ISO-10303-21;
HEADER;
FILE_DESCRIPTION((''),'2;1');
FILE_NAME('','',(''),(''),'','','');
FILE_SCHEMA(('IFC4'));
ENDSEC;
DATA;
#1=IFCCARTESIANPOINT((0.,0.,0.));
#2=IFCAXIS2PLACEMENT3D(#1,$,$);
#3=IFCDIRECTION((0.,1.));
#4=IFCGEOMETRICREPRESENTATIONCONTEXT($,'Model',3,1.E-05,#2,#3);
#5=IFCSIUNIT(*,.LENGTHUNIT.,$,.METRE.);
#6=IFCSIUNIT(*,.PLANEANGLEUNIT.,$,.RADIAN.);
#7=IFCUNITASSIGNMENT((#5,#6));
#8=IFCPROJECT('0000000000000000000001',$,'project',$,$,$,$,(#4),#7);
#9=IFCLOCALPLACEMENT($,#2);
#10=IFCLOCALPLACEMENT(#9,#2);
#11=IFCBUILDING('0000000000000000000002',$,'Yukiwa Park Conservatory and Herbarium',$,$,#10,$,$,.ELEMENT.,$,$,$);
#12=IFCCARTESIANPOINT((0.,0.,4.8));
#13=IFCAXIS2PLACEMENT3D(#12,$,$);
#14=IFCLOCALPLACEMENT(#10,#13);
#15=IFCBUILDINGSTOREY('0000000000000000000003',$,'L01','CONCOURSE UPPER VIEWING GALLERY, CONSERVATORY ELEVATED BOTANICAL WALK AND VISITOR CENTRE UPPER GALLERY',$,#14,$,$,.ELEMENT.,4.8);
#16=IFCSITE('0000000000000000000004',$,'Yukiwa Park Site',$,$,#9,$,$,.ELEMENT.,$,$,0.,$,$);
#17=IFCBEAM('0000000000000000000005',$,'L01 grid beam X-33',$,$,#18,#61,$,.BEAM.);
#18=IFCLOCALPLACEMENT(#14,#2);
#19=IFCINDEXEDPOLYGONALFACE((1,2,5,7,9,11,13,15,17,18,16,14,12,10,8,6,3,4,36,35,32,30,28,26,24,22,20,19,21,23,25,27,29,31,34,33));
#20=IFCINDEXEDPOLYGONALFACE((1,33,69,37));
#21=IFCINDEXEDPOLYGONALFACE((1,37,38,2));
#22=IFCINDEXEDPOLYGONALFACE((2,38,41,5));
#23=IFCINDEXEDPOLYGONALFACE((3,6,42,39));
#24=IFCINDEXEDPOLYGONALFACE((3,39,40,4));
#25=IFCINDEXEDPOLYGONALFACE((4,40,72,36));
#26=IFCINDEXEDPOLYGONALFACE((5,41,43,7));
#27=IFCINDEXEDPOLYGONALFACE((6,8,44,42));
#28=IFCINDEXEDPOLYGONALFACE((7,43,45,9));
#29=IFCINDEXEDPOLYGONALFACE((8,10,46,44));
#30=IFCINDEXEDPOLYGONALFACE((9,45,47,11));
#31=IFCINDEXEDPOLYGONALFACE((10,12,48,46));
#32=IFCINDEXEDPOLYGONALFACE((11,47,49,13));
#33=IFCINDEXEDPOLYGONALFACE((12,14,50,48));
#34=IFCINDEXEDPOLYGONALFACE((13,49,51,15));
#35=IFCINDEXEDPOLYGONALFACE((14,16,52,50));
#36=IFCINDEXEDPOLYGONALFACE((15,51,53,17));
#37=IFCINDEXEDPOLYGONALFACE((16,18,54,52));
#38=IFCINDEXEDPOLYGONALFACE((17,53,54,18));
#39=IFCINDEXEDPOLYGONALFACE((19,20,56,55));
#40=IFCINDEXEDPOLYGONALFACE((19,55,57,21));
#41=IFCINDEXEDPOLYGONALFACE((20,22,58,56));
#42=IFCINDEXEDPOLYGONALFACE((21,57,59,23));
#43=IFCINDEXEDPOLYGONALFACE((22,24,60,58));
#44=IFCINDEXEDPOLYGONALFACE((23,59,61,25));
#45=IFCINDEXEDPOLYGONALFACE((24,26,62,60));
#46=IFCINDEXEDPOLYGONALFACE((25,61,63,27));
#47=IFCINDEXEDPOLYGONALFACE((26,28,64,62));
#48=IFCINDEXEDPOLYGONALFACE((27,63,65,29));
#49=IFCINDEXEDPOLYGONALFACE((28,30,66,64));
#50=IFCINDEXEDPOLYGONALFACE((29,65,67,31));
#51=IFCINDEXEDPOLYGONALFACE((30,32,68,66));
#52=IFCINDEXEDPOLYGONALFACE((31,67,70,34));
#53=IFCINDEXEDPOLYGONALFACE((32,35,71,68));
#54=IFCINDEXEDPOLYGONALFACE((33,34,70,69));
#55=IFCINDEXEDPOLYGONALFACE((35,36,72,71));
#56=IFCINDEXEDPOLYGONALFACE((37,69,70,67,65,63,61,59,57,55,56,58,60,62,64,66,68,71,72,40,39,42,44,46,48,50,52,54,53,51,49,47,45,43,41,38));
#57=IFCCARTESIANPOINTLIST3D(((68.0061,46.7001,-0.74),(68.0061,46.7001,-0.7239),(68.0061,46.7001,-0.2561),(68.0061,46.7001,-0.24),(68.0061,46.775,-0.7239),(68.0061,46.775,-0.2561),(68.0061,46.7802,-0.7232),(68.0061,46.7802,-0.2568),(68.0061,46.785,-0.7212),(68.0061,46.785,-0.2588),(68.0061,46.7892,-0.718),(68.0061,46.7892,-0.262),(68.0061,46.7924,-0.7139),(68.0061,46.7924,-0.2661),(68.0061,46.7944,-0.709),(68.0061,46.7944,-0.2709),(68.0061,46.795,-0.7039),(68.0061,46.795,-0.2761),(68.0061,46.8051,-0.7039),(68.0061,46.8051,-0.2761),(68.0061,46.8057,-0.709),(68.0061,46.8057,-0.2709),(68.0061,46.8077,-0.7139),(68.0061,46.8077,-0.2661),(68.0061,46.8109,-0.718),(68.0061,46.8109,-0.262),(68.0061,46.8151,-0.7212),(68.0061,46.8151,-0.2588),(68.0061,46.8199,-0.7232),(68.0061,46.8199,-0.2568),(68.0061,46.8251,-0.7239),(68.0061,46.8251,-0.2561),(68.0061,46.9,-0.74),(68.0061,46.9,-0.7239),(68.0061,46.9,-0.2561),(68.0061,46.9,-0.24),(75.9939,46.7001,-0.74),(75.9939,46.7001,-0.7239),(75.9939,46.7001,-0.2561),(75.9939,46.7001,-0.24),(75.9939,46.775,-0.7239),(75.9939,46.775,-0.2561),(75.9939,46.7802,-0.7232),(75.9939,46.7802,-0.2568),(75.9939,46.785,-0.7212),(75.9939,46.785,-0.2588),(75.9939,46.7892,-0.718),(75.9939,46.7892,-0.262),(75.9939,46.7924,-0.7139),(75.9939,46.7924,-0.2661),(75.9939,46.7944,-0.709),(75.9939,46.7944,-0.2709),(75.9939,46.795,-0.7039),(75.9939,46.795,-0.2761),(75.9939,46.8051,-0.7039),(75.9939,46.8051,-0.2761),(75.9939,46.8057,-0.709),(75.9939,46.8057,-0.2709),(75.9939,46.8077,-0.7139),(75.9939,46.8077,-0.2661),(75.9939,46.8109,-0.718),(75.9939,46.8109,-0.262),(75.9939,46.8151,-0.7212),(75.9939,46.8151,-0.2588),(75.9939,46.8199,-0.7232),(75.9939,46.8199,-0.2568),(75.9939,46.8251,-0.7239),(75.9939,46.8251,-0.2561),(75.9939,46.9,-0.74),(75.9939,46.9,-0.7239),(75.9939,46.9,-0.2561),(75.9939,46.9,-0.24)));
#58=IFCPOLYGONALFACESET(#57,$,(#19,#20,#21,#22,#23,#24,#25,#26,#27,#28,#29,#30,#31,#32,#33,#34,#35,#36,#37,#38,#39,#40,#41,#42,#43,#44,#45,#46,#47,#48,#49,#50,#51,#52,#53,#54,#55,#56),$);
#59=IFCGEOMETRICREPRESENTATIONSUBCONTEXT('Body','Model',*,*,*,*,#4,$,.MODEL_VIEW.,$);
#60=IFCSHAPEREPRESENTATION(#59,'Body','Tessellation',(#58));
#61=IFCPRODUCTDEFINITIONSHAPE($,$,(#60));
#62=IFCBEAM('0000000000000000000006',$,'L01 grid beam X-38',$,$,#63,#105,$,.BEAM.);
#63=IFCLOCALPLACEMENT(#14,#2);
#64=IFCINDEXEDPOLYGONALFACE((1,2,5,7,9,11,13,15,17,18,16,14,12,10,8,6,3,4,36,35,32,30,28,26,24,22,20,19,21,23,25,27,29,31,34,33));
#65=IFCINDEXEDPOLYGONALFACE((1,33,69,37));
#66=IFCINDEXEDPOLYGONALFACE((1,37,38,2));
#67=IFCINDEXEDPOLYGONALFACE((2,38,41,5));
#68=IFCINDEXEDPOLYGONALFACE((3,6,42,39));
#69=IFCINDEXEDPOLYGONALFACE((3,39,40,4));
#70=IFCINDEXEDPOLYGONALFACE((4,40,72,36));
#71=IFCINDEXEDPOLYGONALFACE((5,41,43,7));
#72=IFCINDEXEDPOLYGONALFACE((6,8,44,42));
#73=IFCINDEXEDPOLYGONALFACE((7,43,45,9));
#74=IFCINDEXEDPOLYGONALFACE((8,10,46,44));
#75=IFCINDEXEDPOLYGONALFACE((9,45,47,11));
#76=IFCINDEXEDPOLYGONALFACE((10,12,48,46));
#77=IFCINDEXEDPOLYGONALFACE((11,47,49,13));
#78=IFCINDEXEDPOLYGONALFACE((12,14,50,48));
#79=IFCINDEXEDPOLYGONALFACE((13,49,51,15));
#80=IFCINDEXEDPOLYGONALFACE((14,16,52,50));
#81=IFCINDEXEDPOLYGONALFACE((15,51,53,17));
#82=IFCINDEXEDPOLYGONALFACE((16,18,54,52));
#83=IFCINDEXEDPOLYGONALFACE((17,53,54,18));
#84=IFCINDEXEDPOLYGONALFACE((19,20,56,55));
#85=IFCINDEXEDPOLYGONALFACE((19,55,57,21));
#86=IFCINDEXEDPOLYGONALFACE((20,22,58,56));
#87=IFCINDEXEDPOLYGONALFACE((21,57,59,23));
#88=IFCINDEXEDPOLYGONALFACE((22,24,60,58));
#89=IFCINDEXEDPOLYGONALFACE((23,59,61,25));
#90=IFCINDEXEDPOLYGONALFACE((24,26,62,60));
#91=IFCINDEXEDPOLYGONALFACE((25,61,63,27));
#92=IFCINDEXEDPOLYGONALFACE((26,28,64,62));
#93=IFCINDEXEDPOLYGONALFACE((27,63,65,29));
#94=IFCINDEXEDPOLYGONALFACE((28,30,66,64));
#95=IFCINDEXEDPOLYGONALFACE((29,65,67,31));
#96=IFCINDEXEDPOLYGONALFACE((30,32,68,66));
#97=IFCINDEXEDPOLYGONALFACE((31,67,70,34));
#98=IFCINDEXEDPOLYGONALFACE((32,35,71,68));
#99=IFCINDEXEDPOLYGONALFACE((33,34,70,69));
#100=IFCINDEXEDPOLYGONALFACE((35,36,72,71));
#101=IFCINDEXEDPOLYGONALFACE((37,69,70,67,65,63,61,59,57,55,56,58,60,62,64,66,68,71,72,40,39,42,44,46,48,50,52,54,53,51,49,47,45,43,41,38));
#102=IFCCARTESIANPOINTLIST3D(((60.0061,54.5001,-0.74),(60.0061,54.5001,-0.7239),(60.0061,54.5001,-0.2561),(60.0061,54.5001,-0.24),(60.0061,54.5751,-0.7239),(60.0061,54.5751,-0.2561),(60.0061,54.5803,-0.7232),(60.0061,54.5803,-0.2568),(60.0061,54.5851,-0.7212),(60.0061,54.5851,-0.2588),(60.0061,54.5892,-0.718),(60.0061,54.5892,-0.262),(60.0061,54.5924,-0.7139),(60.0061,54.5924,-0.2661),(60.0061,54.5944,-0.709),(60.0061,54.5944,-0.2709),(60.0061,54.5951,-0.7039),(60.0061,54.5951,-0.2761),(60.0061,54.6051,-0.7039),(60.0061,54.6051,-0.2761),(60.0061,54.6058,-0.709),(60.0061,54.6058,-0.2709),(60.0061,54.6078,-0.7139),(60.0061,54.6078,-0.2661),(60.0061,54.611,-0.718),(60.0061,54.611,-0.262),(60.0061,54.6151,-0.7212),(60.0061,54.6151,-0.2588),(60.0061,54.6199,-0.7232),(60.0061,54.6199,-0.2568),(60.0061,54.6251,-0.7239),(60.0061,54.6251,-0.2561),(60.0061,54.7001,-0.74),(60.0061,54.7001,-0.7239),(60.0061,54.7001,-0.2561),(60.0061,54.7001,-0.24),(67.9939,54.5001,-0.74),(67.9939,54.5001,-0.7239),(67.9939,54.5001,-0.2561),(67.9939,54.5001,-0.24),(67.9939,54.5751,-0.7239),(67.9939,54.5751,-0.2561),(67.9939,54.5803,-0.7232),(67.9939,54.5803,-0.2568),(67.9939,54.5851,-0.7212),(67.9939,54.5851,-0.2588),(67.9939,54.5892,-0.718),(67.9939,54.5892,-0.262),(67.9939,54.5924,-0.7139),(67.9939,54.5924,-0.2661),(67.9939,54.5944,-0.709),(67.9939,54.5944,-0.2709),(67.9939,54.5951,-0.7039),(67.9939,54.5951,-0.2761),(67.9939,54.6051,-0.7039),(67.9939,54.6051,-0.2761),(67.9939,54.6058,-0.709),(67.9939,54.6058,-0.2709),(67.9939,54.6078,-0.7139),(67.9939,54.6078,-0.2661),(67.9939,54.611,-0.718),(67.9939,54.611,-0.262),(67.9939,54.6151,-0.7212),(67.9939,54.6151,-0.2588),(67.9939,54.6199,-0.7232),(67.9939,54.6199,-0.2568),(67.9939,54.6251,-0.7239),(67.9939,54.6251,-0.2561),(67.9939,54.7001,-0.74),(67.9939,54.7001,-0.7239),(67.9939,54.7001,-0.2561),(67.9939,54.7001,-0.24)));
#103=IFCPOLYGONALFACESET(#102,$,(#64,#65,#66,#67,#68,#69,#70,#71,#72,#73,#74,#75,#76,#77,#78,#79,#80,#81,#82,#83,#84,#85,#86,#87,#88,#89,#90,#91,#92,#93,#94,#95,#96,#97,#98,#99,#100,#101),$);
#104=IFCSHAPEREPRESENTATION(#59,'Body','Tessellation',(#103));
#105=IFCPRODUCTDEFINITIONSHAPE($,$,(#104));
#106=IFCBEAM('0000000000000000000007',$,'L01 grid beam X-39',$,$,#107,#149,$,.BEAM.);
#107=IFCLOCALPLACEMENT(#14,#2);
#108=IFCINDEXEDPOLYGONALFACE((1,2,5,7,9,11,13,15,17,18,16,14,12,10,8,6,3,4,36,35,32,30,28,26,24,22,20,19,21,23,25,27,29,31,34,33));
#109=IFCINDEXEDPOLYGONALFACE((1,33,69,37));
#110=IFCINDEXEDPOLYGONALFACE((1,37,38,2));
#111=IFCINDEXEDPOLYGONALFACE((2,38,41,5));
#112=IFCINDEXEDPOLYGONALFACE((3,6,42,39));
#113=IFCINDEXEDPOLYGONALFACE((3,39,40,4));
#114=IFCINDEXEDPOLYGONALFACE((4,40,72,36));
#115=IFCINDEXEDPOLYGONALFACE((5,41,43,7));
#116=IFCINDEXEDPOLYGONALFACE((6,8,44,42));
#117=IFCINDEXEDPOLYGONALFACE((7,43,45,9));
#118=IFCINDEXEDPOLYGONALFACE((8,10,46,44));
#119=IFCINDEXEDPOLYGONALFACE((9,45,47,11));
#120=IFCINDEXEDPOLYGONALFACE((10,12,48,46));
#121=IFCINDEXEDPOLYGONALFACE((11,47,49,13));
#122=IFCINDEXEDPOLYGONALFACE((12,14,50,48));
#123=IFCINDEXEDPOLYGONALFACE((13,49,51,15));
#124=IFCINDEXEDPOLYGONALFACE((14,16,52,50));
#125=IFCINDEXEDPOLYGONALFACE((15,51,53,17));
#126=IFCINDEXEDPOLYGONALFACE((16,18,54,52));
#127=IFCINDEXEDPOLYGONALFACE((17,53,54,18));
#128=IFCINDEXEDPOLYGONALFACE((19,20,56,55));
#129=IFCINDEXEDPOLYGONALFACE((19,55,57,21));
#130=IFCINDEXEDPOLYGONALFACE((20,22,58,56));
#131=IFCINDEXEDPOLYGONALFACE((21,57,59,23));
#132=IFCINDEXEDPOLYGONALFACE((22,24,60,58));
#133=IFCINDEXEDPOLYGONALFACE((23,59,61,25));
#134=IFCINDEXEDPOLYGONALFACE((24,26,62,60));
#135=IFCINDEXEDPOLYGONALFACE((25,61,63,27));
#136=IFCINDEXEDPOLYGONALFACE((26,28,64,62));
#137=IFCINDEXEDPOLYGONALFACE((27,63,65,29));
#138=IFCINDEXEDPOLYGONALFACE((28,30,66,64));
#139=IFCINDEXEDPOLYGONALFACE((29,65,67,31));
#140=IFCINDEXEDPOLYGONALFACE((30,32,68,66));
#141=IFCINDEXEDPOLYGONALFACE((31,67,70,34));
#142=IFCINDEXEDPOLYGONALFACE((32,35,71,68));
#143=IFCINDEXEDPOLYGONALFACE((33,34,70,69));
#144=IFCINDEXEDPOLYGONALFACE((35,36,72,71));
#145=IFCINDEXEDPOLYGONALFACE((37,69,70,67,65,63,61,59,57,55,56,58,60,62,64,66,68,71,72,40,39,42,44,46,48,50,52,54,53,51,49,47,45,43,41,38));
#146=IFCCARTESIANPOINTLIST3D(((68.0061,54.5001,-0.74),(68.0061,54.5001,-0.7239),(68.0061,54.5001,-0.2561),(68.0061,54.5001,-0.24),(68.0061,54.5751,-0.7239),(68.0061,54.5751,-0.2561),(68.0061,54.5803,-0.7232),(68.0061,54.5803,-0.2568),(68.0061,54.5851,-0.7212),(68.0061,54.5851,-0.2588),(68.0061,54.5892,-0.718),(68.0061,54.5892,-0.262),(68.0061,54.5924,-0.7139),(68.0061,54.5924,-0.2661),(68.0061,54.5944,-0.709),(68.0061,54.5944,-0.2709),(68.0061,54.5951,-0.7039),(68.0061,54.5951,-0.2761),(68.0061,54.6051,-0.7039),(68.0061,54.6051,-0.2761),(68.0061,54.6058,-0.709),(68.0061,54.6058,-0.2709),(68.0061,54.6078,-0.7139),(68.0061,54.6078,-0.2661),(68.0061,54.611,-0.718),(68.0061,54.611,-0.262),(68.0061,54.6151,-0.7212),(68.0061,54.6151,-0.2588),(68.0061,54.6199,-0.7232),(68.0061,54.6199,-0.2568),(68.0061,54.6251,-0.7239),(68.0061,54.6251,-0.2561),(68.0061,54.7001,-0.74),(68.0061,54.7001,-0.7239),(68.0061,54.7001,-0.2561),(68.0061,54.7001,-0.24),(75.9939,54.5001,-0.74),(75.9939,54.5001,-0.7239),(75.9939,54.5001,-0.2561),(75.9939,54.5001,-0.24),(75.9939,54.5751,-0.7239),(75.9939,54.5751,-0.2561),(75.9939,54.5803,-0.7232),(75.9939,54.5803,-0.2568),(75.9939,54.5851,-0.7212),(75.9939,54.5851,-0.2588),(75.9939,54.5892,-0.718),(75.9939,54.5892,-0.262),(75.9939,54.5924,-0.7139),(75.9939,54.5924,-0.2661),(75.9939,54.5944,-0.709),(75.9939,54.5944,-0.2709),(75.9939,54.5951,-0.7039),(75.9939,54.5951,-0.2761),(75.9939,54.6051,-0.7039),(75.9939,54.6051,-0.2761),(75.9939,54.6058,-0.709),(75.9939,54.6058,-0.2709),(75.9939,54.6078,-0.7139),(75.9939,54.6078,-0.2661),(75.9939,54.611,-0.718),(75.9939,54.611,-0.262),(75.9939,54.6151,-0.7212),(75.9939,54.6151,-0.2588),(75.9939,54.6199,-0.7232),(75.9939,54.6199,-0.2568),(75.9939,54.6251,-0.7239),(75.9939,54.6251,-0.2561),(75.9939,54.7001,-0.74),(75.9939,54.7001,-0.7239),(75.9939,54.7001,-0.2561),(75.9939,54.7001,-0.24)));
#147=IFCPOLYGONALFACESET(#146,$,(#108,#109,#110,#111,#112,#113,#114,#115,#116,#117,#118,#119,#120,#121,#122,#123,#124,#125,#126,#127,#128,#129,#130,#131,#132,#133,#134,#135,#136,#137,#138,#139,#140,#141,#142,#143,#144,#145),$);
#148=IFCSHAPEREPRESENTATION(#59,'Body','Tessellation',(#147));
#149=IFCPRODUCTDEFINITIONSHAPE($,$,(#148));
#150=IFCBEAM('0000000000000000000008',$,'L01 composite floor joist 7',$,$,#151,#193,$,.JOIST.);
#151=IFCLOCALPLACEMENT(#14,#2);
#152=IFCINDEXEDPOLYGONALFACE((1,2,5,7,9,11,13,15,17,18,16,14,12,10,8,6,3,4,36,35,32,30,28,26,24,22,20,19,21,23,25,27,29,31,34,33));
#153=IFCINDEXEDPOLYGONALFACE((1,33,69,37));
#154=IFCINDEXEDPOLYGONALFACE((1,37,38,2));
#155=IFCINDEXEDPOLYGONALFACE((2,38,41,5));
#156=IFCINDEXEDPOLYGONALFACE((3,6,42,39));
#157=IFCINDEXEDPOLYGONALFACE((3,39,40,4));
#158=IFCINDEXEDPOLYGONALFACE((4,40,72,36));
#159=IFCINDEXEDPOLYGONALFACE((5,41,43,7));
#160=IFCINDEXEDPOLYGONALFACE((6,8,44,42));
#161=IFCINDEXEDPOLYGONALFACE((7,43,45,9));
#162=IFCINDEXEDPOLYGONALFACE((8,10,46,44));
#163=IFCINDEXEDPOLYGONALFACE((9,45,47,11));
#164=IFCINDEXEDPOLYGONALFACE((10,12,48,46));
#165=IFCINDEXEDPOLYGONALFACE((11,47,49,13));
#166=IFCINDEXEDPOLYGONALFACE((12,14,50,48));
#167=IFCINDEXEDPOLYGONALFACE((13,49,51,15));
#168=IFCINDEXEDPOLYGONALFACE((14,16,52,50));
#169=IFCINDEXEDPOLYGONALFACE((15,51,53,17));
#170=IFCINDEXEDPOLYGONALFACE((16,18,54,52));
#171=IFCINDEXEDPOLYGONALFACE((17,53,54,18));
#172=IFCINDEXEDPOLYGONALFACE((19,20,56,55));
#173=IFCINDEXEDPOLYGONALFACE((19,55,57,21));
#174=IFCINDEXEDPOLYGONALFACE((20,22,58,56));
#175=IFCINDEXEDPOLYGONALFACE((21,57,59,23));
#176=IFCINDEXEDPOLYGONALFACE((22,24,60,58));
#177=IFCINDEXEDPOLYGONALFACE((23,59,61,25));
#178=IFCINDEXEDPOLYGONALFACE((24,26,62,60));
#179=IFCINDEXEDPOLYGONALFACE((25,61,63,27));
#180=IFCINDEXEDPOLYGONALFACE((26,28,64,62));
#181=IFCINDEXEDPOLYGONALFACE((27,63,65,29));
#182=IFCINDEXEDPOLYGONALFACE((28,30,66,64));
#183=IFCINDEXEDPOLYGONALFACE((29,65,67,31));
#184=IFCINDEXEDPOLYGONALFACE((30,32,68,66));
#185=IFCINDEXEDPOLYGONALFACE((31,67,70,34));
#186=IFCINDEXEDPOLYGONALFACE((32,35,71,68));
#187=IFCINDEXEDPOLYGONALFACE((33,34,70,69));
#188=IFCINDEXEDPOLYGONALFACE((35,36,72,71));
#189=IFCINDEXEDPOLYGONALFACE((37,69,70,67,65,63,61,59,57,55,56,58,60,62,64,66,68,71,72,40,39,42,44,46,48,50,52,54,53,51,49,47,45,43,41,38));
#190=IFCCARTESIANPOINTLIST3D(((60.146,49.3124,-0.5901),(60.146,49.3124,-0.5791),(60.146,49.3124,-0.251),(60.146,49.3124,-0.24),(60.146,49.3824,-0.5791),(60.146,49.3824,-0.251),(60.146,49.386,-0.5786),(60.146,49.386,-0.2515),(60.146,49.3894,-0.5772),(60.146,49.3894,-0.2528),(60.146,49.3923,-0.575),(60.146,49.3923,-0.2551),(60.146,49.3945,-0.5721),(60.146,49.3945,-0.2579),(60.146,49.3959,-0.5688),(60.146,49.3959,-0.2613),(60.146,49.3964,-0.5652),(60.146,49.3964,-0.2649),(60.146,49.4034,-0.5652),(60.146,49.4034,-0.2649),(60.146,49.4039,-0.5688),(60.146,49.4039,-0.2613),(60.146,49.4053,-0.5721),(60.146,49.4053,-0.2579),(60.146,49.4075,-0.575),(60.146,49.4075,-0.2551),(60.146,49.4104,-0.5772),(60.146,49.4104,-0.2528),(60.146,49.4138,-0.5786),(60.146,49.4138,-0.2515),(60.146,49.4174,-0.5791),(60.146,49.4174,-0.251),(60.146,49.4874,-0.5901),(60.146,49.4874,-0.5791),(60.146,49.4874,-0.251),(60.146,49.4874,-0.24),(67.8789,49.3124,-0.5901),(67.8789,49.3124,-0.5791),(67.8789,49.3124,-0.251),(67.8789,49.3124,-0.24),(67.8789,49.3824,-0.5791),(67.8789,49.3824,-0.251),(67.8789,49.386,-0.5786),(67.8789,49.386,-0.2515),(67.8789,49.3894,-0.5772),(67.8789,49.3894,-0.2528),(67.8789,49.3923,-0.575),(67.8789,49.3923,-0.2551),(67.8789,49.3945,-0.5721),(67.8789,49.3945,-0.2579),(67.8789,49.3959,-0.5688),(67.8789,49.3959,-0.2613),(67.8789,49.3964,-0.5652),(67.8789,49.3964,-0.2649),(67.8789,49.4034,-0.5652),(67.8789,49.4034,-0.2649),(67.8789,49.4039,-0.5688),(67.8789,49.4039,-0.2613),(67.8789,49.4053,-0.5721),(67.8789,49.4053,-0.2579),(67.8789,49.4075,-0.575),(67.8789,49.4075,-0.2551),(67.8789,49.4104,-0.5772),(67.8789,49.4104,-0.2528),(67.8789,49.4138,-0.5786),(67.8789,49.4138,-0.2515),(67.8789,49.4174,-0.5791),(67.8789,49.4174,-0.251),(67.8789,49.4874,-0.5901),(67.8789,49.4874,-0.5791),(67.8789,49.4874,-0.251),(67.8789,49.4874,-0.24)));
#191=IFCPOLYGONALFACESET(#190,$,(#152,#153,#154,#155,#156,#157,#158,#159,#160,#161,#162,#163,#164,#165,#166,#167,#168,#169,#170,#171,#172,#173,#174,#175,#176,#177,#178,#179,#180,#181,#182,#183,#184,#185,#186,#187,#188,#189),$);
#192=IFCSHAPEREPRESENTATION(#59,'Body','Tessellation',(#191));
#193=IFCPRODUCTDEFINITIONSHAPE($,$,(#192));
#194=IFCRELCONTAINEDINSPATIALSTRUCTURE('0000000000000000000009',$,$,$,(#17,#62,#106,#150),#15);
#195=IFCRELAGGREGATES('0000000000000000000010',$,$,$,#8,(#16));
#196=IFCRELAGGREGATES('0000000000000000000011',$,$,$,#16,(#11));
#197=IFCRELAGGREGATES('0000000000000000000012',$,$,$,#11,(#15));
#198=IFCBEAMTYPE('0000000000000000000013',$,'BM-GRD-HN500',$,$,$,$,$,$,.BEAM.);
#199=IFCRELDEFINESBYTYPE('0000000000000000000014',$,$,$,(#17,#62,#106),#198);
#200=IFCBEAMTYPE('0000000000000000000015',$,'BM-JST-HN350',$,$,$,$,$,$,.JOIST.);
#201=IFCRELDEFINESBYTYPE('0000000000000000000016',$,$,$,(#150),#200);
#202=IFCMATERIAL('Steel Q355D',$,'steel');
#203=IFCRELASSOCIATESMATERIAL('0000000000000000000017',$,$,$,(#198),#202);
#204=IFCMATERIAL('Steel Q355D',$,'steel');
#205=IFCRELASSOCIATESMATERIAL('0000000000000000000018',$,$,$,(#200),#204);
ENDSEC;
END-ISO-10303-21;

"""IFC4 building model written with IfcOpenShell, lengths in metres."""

from ifc_helpers import new_model, si_unit, direction, frame, origin, origin_2d, place, context, subcontext, project, spatial, i_section, extrude, material, material_profile, profile_set, type_object, element, save


model = new_model("IFC4")

# Units and contexts
model_context = context("Model", 3, precision=1e-05, world=origin(), true_north=direction((0.0, 1.0)))
body_context = subcontext(model_context, "Body", "Model", "MODEL_VIEW")
ifc_project = project(units=[si_unit("LENGTHUNIT", "METRE"), si_unit("PLANEANGLEUNIT", "RADIAN")], contexts=[model_context])

# Site, building, storey
site_placement = place(None, origin())
site = spatial("IfcSite", under=ifc_project, at=site_placement, Name="Yukiwa Park Site", CompositionType="ELEMENT", RefElevation=0.0)
building_placement = place(site_placement, origin())
building = spatial("IfcBuilding", under=site, at=building_placement, Name="Yukiwa Park Conservatory and Herbarium", CompositionType="ELEMENT")
storey_placement = place(building_placement, frame((0.0, 0.0, 4.8)))
storey = spatial("IfcBuildingStorey", under=building, at=storey_placement, Name="L01", Description="CONCOURSE UPPER VIEWING GALLERY, CONSERVATORY ELEVATED BOTANICAL WALK AND VISITOR CENTRE UPPER GALLERY", CompositionType="ELEMENT", Elevation=4.8)

# Beams
ifc_material_1 = material(Name="Steel Q355D", Category="steel")
ifc_material_profile_1 = material_profile(ifc_material_1, i_section(OverallWidth=0.2, OverallDepth=0.5, WebThickness=0.01, FlangeThickness=0.0161, FilletRadius=0.02, at=origin_2d()), Name="HN 500x200x10x16")
ifc_profile_set_1 = profile_set([ifc_material_profile_1], Name="Steel Q355D")
beam_type_1 = type_object("IfcBeamType", Name="BM-GRD-HN500", PredefinedType="BEAM", material=ifc_profile_set_1)
for number, where, z_axis, x_axis, name in (
    (1, (68.0061, 46.8, -0.49), (1.0, 0.0, 0.0), (0.0, 1.0, 0.0), "L01 grid beam X-33"),
    (2, (60.0061, 54.6001, -0.49), (1.0, 0.0, 0.0), (0.0, 1.0, 0.0), "L01 grid beam X-38"),
    (3, (68.0061, 54.6001, -0.49), (1.0, 0.0, 0.0), (0.0, 1.0, 0.0), "L01 grid beam X-39"),
):
    element("IfcBeam", number, at=place(storey_placement, frame(where, z_axis=z_axis, x_axis=x_axis)), inside=storey, type_object=beam_type_1, Name=name, PredefinedType="BEAM", context=body_context, shape_type="SweptSolid", body=[
        extrude(i_section(OverallWidth=0.2, OverallDepth=0.5, WebThickness=0.01, FlangeThickness=0.0161, FilletRadius=0.02, at=origin_2d()), origin(), (0.0, 0.0, 1.0), 7.9878),
    ])
ifc_material_2 = material(Name="Steel Q355D", Category="steel")
ifc_material_profile_2 = material_profile(ifc_material_2, i_section(OverallWidth=0.175, OverallDepth=0.3501, WebThickness=0.0071, FlangeThickness=0.011, FilletRadius=0.0139, at=origin_2d()), Name="HN 350x175x7x11")
ifc_profile_set_2 = profile_set([ifc_material_profile_2], Name="Steel Q355D")
beam_type_2 = type_object("IfcBeamType", Name="BM-JST-HN350", PredefinedType="JOIST", material=ifc_profile_set_2)
for number, where, z_axis, x_axis, name in (
    (4, (60.146, 49.3999, -0.415), (1.0, 0.0, 0.0), (0.0, 1.0, 0.0), "L01 composite floor joist 7"),
):
    element("IfcBeam", number, at=place(storey_placement, frame(where, z_axis=z_axis, x_axis=x_axis)), inside=storey, type_object=beam_type_2, Name=name, PredefinedType="JOIST", context=body_context, shape_type="SweptSolid", body=[
        extrude(i_section(OverallWidth=0.175, OverallDepth=0.3501, WebThickness=0.0071, FlangeThickness=0.011, FilletRadius=0.0139, at=origin_2d()), origin(), (0.0, 0.0, 1.0), 7.7329),
    ])

save(model, "model.ifc")
